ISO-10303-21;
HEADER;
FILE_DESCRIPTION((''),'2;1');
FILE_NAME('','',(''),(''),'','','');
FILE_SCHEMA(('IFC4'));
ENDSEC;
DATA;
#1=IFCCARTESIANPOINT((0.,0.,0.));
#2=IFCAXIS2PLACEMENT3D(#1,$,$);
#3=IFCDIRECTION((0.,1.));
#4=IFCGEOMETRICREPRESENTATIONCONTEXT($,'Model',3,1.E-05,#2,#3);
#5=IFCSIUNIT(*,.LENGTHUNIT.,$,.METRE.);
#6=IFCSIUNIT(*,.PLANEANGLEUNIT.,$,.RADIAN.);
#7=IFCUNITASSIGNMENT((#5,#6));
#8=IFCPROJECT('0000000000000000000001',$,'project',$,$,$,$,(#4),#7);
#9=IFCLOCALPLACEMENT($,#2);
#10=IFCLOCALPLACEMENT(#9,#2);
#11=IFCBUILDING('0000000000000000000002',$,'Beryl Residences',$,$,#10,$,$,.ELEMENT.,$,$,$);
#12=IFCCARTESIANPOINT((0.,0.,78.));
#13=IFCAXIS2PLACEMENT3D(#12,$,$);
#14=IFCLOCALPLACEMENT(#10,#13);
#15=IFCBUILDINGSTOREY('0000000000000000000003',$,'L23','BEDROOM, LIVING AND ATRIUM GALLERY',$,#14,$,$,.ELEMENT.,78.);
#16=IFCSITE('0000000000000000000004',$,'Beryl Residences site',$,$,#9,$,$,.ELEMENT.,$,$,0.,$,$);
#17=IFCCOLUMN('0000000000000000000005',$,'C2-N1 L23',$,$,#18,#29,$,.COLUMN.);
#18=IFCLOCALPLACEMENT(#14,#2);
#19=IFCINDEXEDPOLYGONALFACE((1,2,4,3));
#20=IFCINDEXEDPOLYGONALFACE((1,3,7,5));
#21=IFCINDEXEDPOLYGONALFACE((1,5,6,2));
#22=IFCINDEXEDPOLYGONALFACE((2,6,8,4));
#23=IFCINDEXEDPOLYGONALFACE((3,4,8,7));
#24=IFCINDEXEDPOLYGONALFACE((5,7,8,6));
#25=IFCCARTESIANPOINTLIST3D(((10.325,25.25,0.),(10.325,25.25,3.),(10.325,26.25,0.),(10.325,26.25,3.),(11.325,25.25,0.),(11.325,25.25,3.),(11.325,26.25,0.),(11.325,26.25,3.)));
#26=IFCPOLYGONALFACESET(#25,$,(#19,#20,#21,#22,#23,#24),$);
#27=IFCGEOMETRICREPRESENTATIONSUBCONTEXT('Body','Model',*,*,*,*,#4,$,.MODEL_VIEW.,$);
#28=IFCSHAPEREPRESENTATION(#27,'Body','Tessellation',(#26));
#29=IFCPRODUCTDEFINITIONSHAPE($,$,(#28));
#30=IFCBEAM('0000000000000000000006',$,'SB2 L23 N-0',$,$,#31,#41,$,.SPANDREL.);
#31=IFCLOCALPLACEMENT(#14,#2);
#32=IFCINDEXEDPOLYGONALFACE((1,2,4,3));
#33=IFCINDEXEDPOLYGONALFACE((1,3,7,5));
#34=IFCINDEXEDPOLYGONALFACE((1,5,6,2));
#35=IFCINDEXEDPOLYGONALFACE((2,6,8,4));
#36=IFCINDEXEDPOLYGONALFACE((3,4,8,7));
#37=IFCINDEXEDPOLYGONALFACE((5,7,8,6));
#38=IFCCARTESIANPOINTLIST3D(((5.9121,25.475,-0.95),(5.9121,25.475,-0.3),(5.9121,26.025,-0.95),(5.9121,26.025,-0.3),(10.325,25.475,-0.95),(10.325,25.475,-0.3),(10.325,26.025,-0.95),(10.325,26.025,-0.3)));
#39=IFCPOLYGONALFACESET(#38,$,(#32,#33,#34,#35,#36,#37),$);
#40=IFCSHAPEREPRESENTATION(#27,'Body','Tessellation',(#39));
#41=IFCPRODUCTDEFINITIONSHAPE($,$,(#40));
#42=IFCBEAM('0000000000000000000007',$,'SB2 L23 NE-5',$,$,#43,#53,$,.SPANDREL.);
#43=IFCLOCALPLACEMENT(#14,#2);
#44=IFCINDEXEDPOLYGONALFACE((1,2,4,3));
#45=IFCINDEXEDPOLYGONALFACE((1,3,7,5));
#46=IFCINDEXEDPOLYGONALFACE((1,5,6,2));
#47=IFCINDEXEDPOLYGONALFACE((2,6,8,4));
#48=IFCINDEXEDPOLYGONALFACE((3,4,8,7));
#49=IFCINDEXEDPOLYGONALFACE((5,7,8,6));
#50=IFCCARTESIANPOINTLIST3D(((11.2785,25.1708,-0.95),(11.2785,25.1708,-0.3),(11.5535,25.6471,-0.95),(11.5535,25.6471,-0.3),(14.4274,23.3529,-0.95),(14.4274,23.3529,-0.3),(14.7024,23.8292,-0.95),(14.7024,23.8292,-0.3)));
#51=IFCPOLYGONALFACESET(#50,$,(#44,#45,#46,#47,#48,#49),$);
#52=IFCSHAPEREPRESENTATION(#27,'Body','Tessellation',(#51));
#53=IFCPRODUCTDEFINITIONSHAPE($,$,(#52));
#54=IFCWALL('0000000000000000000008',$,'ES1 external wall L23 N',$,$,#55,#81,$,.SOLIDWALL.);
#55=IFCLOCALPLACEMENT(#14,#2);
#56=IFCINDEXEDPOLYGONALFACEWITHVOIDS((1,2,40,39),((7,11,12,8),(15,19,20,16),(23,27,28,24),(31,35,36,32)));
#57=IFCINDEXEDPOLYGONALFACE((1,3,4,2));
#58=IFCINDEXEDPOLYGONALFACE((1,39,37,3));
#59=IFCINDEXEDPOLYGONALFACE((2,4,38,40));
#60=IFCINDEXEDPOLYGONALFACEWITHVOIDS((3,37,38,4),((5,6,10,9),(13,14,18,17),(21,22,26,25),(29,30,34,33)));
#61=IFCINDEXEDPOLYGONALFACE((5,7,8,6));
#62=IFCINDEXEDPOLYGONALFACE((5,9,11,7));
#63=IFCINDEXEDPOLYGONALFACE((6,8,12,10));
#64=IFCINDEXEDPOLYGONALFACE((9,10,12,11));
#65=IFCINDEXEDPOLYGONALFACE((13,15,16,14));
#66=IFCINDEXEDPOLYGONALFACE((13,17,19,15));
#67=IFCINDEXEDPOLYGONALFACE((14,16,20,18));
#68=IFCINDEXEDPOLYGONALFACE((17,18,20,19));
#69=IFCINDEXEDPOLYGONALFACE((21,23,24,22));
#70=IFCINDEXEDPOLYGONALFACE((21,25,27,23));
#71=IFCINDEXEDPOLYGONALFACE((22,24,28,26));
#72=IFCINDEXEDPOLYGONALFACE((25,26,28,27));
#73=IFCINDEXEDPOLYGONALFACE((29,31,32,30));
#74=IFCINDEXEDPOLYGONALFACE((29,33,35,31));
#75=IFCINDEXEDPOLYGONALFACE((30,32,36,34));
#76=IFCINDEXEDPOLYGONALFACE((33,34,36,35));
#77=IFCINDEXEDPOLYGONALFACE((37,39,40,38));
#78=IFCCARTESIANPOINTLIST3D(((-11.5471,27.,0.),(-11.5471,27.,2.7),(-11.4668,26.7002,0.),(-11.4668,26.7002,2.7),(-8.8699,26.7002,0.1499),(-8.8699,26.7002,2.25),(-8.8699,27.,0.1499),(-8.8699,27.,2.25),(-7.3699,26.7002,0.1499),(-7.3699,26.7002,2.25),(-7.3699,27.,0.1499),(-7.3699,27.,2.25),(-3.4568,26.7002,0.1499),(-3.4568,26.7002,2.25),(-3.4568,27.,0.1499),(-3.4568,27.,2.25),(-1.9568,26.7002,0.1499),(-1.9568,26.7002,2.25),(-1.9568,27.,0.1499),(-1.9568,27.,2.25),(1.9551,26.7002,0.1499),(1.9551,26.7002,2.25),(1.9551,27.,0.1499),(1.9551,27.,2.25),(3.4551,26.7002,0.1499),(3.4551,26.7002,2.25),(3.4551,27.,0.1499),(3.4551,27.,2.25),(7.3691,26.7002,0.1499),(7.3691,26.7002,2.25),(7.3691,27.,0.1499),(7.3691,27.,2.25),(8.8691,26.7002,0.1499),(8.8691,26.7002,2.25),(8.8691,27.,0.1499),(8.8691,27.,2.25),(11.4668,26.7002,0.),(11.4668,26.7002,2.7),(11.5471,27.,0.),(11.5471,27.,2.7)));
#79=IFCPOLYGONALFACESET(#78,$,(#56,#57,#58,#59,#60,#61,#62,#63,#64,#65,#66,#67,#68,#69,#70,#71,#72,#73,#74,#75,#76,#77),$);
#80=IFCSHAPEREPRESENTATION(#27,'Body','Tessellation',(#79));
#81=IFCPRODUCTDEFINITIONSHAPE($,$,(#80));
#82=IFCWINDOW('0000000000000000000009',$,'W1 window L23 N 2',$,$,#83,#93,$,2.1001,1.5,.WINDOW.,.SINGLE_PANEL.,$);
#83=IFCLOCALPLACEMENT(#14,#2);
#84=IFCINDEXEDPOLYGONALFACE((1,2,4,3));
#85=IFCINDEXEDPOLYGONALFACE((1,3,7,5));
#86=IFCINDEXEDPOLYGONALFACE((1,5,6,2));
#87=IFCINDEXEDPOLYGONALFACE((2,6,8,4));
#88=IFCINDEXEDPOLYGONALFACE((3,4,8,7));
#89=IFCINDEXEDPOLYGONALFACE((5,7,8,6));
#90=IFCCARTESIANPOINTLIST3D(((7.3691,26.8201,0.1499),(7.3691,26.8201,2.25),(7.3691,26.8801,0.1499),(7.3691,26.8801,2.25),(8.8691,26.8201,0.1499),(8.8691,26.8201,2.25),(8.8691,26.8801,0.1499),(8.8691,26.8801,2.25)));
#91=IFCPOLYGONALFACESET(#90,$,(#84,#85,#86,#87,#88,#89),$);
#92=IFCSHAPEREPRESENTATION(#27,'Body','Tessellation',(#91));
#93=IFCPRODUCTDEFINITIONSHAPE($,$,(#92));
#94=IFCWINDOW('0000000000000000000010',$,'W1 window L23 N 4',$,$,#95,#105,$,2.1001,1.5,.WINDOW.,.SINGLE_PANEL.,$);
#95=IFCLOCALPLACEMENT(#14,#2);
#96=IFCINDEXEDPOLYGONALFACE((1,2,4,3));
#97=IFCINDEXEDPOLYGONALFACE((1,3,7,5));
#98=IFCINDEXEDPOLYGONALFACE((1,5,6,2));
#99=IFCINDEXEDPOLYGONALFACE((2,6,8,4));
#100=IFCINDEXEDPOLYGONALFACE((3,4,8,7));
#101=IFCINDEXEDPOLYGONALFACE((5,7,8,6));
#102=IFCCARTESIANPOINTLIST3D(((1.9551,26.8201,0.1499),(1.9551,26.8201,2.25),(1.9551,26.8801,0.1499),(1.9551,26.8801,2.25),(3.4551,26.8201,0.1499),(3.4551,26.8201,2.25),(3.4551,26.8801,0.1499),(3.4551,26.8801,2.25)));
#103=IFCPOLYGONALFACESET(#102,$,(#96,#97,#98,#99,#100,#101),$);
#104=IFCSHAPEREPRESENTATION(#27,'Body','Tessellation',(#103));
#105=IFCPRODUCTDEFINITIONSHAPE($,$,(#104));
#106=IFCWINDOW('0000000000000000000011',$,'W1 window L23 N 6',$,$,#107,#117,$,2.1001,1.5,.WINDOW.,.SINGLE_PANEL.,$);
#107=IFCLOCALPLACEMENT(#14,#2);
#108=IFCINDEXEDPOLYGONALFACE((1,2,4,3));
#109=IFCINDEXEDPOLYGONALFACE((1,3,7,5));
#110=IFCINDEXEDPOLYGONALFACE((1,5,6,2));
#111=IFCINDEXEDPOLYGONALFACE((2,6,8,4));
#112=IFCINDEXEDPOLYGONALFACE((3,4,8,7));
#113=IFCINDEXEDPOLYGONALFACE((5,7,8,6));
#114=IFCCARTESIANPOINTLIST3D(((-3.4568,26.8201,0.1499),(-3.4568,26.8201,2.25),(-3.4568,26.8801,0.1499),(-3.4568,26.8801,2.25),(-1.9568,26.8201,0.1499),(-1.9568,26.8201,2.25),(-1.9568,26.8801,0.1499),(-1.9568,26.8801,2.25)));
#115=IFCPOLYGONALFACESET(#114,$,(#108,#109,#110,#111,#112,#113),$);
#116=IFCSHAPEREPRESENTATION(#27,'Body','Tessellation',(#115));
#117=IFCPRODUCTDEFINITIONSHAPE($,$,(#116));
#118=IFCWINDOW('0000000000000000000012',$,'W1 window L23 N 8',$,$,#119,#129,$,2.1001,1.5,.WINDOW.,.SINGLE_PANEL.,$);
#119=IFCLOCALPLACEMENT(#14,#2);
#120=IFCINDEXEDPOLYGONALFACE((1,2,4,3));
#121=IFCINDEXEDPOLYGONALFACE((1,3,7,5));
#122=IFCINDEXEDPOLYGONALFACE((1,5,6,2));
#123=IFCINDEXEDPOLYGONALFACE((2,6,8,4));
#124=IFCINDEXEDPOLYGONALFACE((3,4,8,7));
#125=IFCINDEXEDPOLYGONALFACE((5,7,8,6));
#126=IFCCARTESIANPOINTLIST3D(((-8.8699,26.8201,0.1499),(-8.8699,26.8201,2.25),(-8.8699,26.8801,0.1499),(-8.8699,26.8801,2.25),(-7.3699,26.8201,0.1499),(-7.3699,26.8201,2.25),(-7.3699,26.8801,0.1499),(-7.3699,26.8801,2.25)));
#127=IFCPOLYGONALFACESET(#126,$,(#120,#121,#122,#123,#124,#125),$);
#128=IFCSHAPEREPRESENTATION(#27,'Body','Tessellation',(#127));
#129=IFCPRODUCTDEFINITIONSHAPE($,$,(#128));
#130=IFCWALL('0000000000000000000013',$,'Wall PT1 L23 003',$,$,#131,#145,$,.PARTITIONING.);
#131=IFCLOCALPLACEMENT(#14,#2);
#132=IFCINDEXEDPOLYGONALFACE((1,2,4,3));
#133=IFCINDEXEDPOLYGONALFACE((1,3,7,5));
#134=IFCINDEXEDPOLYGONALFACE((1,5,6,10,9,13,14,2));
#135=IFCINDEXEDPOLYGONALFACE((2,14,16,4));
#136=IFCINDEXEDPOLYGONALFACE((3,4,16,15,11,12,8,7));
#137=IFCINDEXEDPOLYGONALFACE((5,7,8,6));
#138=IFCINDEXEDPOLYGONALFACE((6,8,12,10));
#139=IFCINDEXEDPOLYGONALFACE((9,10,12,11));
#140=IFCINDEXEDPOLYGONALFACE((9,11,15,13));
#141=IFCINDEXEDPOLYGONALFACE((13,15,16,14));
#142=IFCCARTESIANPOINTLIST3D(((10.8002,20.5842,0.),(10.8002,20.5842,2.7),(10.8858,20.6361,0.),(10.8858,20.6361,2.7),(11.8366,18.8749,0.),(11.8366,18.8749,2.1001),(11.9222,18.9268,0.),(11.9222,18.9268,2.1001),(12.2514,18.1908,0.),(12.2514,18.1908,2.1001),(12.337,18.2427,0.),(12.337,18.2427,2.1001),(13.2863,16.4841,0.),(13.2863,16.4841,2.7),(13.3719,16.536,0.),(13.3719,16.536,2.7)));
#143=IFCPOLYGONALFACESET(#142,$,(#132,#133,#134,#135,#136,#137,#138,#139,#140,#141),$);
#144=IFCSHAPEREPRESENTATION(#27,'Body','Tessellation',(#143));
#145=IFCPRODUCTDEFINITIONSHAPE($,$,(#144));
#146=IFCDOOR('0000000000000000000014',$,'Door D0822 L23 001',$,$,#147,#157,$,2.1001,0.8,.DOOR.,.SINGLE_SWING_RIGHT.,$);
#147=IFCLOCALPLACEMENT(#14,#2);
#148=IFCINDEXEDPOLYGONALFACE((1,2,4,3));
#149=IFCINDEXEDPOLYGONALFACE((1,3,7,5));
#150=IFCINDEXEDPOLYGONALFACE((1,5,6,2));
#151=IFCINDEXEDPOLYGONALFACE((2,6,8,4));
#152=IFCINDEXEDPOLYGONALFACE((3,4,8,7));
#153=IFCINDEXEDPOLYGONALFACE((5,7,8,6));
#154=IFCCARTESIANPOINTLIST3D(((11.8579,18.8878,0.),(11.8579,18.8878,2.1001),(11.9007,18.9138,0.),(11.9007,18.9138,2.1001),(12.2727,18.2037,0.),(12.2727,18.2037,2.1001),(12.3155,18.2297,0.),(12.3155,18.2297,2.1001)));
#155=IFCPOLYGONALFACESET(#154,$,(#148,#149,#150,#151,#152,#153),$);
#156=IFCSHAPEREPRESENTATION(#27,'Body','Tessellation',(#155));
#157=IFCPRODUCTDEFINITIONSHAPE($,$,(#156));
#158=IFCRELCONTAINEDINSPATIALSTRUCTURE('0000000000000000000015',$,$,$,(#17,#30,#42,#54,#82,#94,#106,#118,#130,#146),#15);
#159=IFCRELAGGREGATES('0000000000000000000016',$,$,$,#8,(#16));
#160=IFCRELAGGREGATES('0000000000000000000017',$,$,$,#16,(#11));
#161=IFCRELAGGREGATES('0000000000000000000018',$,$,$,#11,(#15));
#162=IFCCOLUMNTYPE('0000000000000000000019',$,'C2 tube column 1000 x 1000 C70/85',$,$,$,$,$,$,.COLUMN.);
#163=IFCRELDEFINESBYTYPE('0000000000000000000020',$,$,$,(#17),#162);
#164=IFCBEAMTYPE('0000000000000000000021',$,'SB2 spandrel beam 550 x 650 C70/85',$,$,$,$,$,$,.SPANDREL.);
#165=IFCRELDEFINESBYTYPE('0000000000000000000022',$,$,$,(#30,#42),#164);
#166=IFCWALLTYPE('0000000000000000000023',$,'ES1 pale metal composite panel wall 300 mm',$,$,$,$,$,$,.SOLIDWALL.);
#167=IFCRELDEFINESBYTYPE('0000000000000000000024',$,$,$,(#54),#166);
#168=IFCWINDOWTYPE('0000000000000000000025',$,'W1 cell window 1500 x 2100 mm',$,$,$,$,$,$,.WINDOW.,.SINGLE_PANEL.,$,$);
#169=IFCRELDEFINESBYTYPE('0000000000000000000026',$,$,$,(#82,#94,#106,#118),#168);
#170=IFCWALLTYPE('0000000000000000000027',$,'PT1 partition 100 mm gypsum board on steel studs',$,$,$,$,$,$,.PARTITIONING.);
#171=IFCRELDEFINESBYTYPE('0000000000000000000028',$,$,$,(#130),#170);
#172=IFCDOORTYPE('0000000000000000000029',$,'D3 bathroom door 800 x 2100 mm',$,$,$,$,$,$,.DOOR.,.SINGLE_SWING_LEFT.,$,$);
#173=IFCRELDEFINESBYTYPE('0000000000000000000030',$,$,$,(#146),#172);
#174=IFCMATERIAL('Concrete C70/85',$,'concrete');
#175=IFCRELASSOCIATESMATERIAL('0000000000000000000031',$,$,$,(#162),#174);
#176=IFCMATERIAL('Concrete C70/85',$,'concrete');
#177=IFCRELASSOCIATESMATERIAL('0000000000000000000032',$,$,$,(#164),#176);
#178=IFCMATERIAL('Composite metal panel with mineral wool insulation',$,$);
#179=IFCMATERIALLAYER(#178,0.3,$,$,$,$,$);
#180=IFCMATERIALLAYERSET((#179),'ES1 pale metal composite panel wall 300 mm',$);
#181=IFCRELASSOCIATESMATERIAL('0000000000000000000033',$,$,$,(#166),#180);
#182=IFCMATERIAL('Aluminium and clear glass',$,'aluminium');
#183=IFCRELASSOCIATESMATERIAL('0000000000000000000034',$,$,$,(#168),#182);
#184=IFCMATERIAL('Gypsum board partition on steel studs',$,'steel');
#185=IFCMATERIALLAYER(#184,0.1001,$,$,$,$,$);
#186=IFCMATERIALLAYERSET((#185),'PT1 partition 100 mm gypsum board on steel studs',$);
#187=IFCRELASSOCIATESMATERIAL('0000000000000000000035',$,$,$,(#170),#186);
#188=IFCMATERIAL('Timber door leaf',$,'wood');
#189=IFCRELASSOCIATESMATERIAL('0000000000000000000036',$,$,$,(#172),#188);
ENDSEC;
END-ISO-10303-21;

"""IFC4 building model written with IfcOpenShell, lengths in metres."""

from ifc_helpers import new_model, si_unit, direction, frame, frame_2d, origin, origin_2d, place, context, subcontext, project, spatial, polyline, rectangle, outline, extrude, material, layer, layer_set, material_profile, profile_set, type_object, element, fill, save


model = new_model("IFC4")

# Units and contexts
model_context = context("Model", 3, precision=1e-05, world=origin(), true_north=direction((0.0, 1.0)))
body_context = subcontext(model_context, "Body", "Model", "MODEL_VIEW")
ifc_project = project(units=[si_unit("LENGTHUNIT", "METRE"), si_unit("PLANEANGLEUNIT", "RADIAN")], contexts=[model_context])

# Site, building, storey
site_placement = place(None, origin())
site = spatial("IfcSite", under=ifc_project, at=site_placement, Name="Beryl Residences site", CompositionType="ELEMENT", RefElevation=0.0)
building_placement = place(site_placement, origin())
building = spatial("IfcBuilding", under=site, at=building_placement, Name="Beryl Residences", CompositionType="ELEMENT")
storey_placement = place(building_placement, frame((0.0, 0.0, 78.0)))
storey = spatial("IfcBuildingStorey", under=building, at=storey_placement, Name="L23", Description="BEDROOM, LIVING AND ATRIUM GALLERY", CompositionType="ELEMENT", Elevation=78.0)

# Column
ifc_material_1 = material(Name="Concrete C70/85", Category="concrete")
ifc_material_profile_1 = material_profile(ifc_material_1, rectangle(XDim=1.0, YDim=1.0, at=origin_2d()))
ifc_profile_set_1 = profile_set([ifc_material_profile_1], Name="Concrete C70/85")
column_type = type_object("IfcColumnType", Name="C2 tube column 1000 x 1000 C70/85", PredefinedType="COLUMN", material=ifc_profile_set_1)
column_placement = place(storey_placement, frame((10.825, 25.75, 0.0), z_axis=(0.0, 0.0, 1.0), x_axis=(-1.0, 0.0, 0.0)))
element("IfcColumn", 1, at=column_placement, inside=storey, type_object=column_type, Name="C2-N1 L23", PredefinedType="COLUMN", context=body_context, shape_type="SweptSolid", body=[
    extrude(rectangle(XDim=1.0, YDim=1.0, at=origin_2d()), origin(), (0.0, 0.0, 1.0), 3.0),
])

# Beams
ifc_material_2 = material(Name="Concrete C70/85", Category="concrete")
ifc_material_profile_2 = material_profile(ifc_material_2, rectangle(XDim=0.55, YDim=0.6499, at=origin_2d()))
ifc_profile_set_2 = profile_set([ifc_material_profile_2], Name="Concrete C70/85")
beam_type = type_object("IfcBeamType", Name="SB2 spandrel beam 550 x 650 C70/85", PredefinedType="SPANDREL", material=ifc_profile_set_2)
beam_1_placement = place(storey_placement, frame((10.325, 25.75, -0.625), z_axis=(-1.0, 0.0, 0.0), x_axis=(0.0, -1.0, 0.0)))
element("IfcBeam", 2, at=beam_1_placement, inside=storey, type_object=beam_type, Name="SB2 L23 N-0", PredefinedType="SPANDREL", context=body_context, shape_type="SweptSolid", body=[
    extrude(rectangle(XDim=0.55, YDim=0.6499, at=origin_2d()), origin(), (0.0, 0.0, 1.0), 4.4128),
])
beam_2_placement = place(storey_placement, frame((14.5649, 23.5911, -0.625), z_axis=(-0.866045, 0.499967, 0.0), x_axis=(-0.499967, -0.866045, 0.0)))
element("IfcBeam", 3, at=beam_2_placement, inside=storey, type_object=beam_type, Name="SB2 L23 NE-5", PredefinedType="SPANDREL", context=body_context, shape_type="SweptSolid", body=[
    extrude(rectangle(XDim=0.55, YDim=0.6499, at=origin_2d()), origin(), (0.0, 0.0, 1.0), 3.636),
])

# Wall, openings, windows
ifc_material_3 = material(Name="Composite metal panel with mineral wool insulation")
ifc_layer_1 = layer(ifc_material_3, 0.3)
ifc_layer_set_1 = layer_set([ifc_layer_1], Name="ES1 pale metal composite panel wall 300 mm")
wall_type_1 = type_object("IfcWallType", Name="ES1 pale metal composite panel wall 300 mm", PredefinedType="SOLIDWALL", material=ifc_layer_set_1)
wall_1_placement = place(storey_placement, frame((11.5471, 26.8501, 0.0), z_axis=(0.0, 0.0, 1.0), x_axis=(-1.0, 0.0, 0.0)))
wall_1 = element("IfcWall", 4, at=wall_1_placement, inside=storey, type_object=wall_type_1, Name="ES1 external wall L23 N", PredefinedType="SOLIDWALL", context=body_context, shape_type="SweptSolid", body=[
    extrude(outline(polyline([(0.0, -0.1499), (23.0942, -0.1499), (23.0139, 0.1499), (0.0803, 0.1499), (0.0, -0.1499)])), origin(), (0.0, 0.0, 1.0), 2.7),
])
opening_1_placement = place(wall_1_placement, frame((2.678, 0.0, 0.1499)))
opening_1 = element("IfcOpeningElement", 5, at=opening_1_placement, cuts=wall_1, PredefinedType="OPENING", context=body_context, shape_type="SweptSolid", body=[
    extrude(rectangle(XDim=1.5, YDim=2.1001, at=frame_2d((0.75, 1.05))), frame((0.0, 0.1599, 0.0), z_axis=(0.0, -1.0, 0.0), x_axis=(1.0, 0.0, 0.0)), (0.0, 0.0, 1.0), 0.3201),
])
opening_2_placement = place(wall_1_placement, frame((8.092, 0.0, 0.1499)))
opening_2 = element("IfcOpeningElement", 6, at=opening_2_placement, cuts=wall_1, PredefinedType="OPENING", context=body_context, shape_type="SweptSolid", body=[
    extrude(rectangle(XDim=1.5, YDim=2.1001, at=frame_2d((0.75, 1.05))), frame((0.0, 0.1599, 0.0), z_axis=(0.0, -1.0, 0.0), x_axis=(1.0, 0.0, 0.0)), (0.0, 0.0, 1.0), 0.3201),
])
opening_3_placement = place(wall_1_placement, frame((13.5039, 0.0, 0.1499)))
opening_3 = element("IfcOpeningElement", 7, at=opening_3_placement, cuts=wall_1, PredefinedType="OPENING", context=body_context, shape_type="SweptSolid", body=[
    extrude(rectangle(XDim=1.5, YDim=2.1001, at=frame_2d((0.75, 1.05))), frame((0.0, 0.1599, 0.0), z_axis=(0.0, -1.0, 0.0), x_axis=(1.0, 0.0, 0.0)), (0.0, 0.0, 1.0), 0.3201),
])
opening_4_placement = place(wall_1_placement, frame((18.917, 0.0, 0.1499)))
opening_4 = element("IfcOpeningElement", 8, at=opening_4_placement, cuts=wall_1, PredefinedType="OPENING", context=body_context, shape_type="SweptSolid", body=[
    extrude(rectangle(XDim=1.5, YDim=2.1001, at=frame_2d((0.75, 1.05))), frame((0.0, 0.1599, 0.0), z_axis=(0.0, -1.0, 0.0), x_axis=(1.0, 0.0, 0.0)), (0.0, 0.0, 1.0), 0.3201),
])
ifc_material_4 = material(Name="Aluminium and clear glass", Category="aluminium")
window_type = type_object("IfcWindowType", Name="W1 cell window 1500 x 2100 mm", PartitioningType="SINGLE_PANEL", PredefinedType="WINDOW", material=ifc_material_4)
window_1_placement = place(opening_1_placement, origin())
window_1 = element("IfcWindow", 9, at=window_1_placement, inside=storey, type_object=window_type, Name="W1 window L23 N 2", OverallHeight=2.1001, OverallWidth=1.5, PartitioningType="SINGLE_PANEL", PredefinedType="WINDOW", context=body_context, shape_type="SweptSolid", body=[
    extrude(rectangle(XDim=1.5, YDim=2.1001, at=frame_2d((0.75, 1.05))), frame((0.0, 0.03, 0.0), z_axis=(0.0, -1.0, 0.0), x_axis=(1.0, 0.0, 0.0)), (0.0, 0.0, 1.0), 0.0601),
])
fill(opening_1, window_1)
window_2_placement = place(opening_2_placement, origin())
window_2 = element("IfcWindow", 10, at=window_2_placement, inside=storey, type_object=window_type, Name="W1 window L23 N 4", OverallHeight=2.1001, OverallWidth=1.5, PartitioningType="SINGLE_PANEL", PredefinedType="WINDOW", context=body_context, shape_type="SweptSolid", body=[
    extrude(rectangle(XDim=1.5, YDim=2.1001, at=frame_2d((0.75, 1.05))), frame((0.0, 0.03, 0.0), z_axis=(0.0, -1.0, 0.0), x_axis=(1.0, 0.0, 0.0)), (0.0, 0.0, 1.0), 0.0601),
])
fill(opening_2, window_2)
window_3_placement = place(opening_3_placement, origin())
window_3 = element("IfcWindow", 11, at=window_3_placement, inside=storey, type_object=window_type, Name="W1 window L23 N 6", OverallHeight=2.1001, OverallWidth=1.5, PartitioningType="SINGLE_PANEL", PredefinedType="WINDOW", context=body_context, shape_type="SweptSolid", body=[
    extrude(rectangle(XDim=1.5, YDim=2.1001, at=frame_2d((0.75, 1.05))), frame((0.0, 0.03, 0.0), z_axis=(0.0, -1.0, 0.0), x_axis=(1.0, 0.0, 0.0)), (0.0, 0.0, 1.0), 0.0601),
])
fill(opening_3, window_3)
window_4_placement = place(opening_4_placement, origin())
window_4 = element("IfcWindow", 12, at=window_4_placement, inside=storey, type_object=window_type, Name="W1 window L23 N 8", OverallHeight=2.1001, OverallWidth=1.5, PartitioningType="SINGLE_PANEL", PredefinedType="WINDOW", context=body_context, shape_type="SweptSolid", body=[
    extrude(rectangle(XDim=1.5, YDim=2.1001, at=frame_2d((0.75, 1.05))), frame((0.0, 0.03, 0.0), z_axis=(0.0, -1.0, 0.0), x_axis=(1.0, 0.0, 0.0)), (0.0, 0.0, 1.0), 0.0601),
])
fill(opening_4, window_4)

# Wall, opening, door
ifc_material_5 = material(Name="Gypsum board partition on steel studs", Category="steel")
ifc_layer_2 = layer(ifc_material_5, 0.1001)
ifc_layer_set_2 = layer_set([ifc_layer_2], Name="PT1 partition 100 mm gypsum board on steel studs")
wall_type_2 = type_object("IfcWallType", Name="PT1 partition 100 mm gypsum board on steel studs", PredefinedType="PARTITIONING", material=ifc_layer_set_2)
wall_2_placement = place(storey_placement, frame((10.843, 20.6101, 0.0), z_axis=(0.0, 0.0, 1.0), x_axis=(0.518481, -0.855089, 0.0)))
wall_2 = element("IfcWall", 13, at=wall_2_placement, inside=storey, type_object=wall_type_2, Name="Wall PT1 L23 003", PredefinedType="PARTITIONING", context=body_context, shape_type="SweptSolid", body=[
    extrude(rectangle(XDim=4.7949, YDim=0.1001, at=frame_2d((2.3975, 0.0))), origin(), (0.0, 0.0, 1.0), 2.7),
])
opening_5_placement = place(wall_2_placement, frame((1.999, 0.0, 0.0)))
opening_5 = element("IfcOpeningElement", 14, at=opening_5_placement, cuts=wall_2, PredefinedType="OPENING", context=body_context, shape_type="SweptSolid", body=[
    extrude(rectangle(XDim=0.8, YDim=2.1001, at=frame_2d((0.3999, 1.05))), frame((0.0, 0.0601, 0.0), z_axis=(0.0, -1.0, 0.0), x_axis=(1.0, 0.0, 0.0)), (0.0, 0.0, 1.0), 0.1201),
])
ifc_material_6 = material(Name="Timber door leaf", Category="wood")
door_type_1 = type_object("IfcDoorType", Name="D3 bathroom door 800 x 2100 mm", OperationType="SINGLE_SWING_LEFT", PredefinedType="DOOR", material=ifc_material_6)
door_1_placement = place(opening_5_placement, origin())
door_1 = element("IfcDoor", 15, at=door_1_placement, inside=storey, type_object=door_type_1, Name="Door D0822 L23 001", OperationType="SINGLE_SWING_RIGHT", OverallHeight=2.1001, OverallWidth=0.8, PredefinedType="DOOR", context=body_context, shape_type="SweptSolid", body=[
    extrude(rectangle(XDim=0.8, YDim=2.1001, at=frame_2d((0.3999, 1.05))), frame((0.0, 0.0249, 0.0), z_axis=(0.0, -1.0, 0.0), x_axis=(1.0, 0.0, 0.0)), (0.0, 0.0, 1.0), 0.05),
])
fill(opening_5, door_1)

save(model, "model.ifc")
